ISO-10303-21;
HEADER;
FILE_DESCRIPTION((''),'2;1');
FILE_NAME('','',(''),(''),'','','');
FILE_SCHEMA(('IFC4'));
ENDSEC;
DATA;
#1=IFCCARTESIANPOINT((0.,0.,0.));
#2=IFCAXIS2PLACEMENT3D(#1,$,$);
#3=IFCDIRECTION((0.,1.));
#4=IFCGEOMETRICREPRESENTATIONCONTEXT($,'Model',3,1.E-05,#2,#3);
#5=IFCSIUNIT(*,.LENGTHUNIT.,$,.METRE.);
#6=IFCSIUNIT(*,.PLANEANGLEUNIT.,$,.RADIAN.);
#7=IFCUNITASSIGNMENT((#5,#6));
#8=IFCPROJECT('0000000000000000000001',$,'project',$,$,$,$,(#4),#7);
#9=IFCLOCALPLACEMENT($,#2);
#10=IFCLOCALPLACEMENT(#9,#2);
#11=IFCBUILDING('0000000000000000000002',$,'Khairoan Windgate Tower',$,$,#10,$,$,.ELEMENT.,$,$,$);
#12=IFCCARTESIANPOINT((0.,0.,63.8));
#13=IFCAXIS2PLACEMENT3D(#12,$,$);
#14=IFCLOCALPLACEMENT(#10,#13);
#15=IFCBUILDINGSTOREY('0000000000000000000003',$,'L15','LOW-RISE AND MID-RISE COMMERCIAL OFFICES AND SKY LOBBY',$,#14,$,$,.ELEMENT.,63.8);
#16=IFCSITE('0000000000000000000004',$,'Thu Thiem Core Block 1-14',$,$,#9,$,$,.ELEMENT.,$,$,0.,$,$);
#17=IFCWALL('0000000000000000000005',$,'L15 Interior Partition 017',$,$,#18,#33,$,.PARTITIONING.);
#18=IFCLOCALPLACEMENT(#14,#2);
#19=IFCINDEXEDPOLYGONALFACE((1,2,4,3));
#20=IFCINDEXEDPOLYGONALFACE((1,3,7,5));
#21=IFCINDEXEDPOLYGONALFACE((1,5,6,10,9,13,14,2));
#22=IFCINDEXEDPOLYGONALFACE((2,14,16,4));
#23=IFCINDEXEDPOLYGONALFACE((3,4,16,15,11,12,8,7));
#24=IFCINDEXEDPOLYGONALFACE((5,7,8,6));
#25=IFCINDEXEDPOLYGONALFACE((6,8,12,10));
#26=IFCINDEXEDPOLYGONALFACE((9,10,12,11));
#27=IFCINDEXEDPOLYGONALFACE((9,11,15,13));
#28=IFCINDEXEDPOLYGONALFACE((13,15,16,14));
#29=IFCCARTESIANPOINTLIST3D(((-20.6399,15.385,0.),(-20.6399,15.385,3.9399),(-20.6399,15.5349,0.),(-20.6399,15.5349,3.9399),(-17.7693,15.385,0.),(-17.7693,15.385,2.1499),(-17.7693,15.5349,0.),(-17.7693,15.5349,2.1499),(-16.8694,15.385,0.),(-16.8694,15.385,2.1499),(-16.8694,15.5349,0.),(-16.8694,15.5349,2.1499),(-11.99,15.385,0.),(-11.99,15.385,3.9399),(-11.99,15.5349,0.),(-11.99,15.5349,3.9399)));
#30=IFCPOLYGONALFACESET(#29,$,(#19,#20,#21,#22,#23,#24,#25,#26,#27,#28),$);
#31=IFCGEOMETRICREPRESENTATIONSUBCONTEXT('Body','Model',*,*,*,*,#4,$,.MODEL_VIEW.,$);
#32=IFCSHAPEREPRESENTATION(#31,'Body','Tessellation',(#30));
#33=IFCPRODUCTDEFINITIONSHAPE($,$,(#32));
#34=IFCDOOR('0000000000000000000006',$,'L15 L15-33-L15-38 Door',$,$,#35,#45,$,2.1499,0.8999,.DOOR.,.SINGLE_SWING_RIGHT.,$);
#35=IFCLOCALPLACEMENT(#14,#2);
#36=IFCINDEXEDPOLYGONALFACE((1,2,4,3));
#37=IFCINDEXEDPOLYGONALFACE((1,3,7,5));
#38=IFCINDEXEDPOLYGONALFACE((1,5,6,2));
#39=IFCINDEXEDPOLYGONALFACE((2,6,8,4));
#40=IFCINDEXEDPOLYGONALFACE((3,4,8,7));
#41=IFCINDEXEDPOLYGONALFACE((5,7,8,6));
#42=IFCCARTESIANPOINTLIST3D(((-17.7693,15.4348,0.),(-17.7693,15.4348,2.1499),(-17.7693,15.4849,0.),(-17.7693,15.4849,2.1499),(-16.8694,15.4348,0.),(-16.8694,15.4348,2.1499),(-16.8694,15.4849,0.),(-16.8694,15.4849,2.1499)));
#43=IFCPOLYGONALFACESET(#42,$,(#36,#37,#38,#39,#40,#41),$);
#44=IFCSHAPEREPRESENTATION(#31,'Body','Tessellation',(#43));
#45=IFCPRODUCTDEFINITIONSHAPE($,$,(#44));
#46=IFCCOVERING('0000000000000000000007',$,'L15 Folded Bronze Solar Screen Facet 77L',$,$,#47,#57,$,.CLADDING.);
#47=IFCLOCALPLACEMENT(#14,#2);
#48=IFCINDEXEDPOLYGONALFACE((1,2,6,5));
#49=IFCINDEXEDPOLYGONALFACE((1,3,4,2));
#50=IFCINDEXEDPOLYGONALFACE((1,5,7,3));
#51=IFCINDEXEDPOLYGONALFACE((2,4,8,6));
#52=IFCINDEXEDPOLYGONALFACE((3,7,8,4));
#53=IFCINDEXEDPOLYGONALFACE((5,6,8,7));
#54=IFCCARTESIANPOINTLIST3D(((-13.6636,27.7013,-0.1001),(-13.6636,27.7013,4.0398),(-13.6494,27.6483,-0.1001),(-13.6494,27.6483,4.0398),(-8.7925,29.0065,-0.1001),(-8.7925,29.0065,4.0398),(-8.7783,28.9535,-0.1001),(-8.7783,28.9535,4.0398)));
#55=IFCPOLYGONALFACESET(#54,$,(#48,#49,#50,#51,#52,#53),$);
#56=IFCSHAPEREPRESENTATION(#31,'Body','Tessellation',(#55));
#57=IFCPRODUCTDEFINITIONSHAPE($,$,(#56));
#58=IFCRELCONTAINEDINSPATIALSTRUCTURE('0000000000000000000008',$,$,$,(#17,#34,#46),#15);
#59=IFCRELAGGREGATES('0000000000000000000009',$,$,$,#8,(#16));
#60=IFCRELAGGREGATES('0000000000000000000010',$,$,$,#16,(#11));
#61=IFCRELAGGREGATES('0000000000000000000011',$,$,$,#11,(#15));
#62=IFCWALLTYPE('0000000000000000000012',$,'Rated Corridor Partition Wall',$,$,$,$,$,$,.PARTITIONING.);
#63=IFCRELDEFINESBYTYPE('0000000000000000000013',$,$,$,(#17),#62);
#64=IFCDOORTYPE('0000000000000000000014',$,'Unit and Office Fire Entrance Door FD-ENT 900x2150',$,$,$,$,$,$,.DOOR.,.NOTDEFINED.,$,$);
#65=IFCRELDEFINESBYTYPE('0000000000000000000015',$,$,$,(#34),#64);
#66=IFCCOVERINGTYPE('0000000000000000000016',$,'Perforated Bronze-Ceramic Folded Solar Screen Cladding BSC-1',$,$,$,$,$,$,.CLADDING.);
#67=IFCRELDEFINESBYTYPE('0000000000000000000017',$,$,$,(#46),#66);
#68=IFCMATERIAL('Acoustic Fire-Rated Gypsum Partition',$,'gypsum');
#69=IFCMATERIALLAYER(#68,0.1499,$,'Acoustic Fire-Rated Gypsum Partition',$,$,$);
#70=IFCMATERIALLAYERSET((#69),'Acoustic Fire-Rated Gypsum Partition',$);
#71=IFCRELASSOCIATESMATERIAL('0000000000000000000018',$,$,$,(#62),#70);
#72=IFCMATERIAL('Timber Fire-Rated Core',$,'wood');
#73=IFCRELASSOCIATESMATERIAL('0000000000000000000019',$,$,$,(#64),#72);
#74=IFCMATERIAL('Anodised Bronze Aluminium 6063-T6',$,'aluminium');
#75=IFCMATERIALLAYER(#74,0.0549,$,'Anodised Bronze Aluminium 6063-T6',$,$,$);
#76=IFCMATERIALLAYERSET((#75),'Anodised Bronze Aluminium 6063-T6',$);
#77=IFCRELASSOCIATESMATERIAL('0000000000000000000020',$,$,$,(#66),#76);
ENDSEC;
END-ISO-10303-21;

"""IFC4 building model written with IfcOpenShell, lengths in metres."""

from ifc_helpers import new_model, si_unit, direction, frame, frame_2d, origin, origin_2d, place, context, subcontext, project, spatial, rectangle, extrude, material, layer, layer_set, type_object, element, fill, save


model = new_model("IFC4")

# Units and contexts
model_context = context("Model", 3, precision=1e-05, world=origin(), true_north=direction((0.0, 1.0)))
body_context = subcontext(model_context, "Body", "Model", "MODEL_VIEW")
ifc_project = project(units=[si_unit("LENGTHUNIT", "METRE"), si_unit("PLANEANGLEUNIT", "RADIAN")], contexts=[model_context])

# Site, building, storey
site_placement = place(None, origin())
site = spatial("IfcSite", under=ifc_project, at=site_placement, Name="Thu Thiem Core Block 1-14", CompositionType="ELEMENT", RefElevation=0.0)
building_placement = place(site_placement, origin())
building = spatial("IfcBuilding", under=site, at=building_placement, Name="Khairoan Windgate Tower", CompositionType="ELEMENT")
storey_placement = place(building_placement, frame((0.0, 0.0, 63.8)))
storey = spatial("IfcBuildingStorey", under=building, at=storey_placement, Name="L15", Description="LOW-RISE AND MID-RISE COMMERCIAL OFFICES AND SKY LOBBY", CompositionType="ELEMENT", Elevation=63.8)

# Wall, opening, door
ifc_material_1 = material(Name="Acoustic Fire-Rated Gypsum Partition", Category="gypsum")
ifc_layer_1 = layer(ifc_material_1, 0.1499, Name="Acoustic Fire-Rated Gypsum Partition")
ifc_layer_set_1 = layer_set([ifc_layer_1], Name="Acoustic Fire-Rated Gypsum Partition")
wall_type_1 = type_object("IfcWallType", Name="Rated Corridor Partition Wall", PredefinedType="PARTITIONING", material=ifc_layer_set_1)
ifc_material_2 = material(Name="Timber Fire-Rated Core", Category="wood")
door_type = type_object("IfcDoorType", Name="Unit and Office Fire Entrance Door FD-ENT 900x2150", OperationType="NOTDEFINED", PredefinedType="DOOR", material=ifc_material_2)
wall_1_placement = place(storey_placement, frame((-20.6399, 15.46, 0.0), z_axis=(0.0, 0.0, 1.0), x_axis=(1.0, 0.0, 0.0)))
wall_1 = element("IfcWall", 1, at=wall_1_placement, inside=storey, type_object=wall_type_1, Name="L15 Interior Partition 017", PredefinedType="PARTITIONING", context=body_context, shape_type="SweptSolid", body=[
    extrude(rectangle(XDim=8.6499, YDim=0.1499, at=frame_2d((4.325, 0.0))), origin(), (0.0, 0.0, 1.0), 3.9399),
])
opening_1_placement = place(wall_1_placement, frame((2.8706, 0.0, 0.0)))
opening_1 = element("IfcOpeningElement", 2, at=opening_1_placement, cuts=wall_1, PredefinedType="OPENING", context=body_context, shape_type="SweptSolid", body=[
    extrude(rectangle(XDim=0.8999, YDim=2.1499, at=frame_2d((0.45, 1.075))), frame((0.0, 0.085, 0.0), z_axis=(0.0, -1.0, 0.0), x_axis=(1.0, 0.0, 0.0)), (0.0, 0.0, 1.0), 0.1699),
])
door_1_placement = place(opening_1_placement, origin())
door_1 = element("IfcDoor", 3, at=door_1_placement, inside=storey, type_object=door_type, Name="L15 L15-33-L15-38 Door", OperationType="SINGLE_SWING_RIGHT", OverallHeight=2.1499, OverallWidth=0.8999, PredefinedType="DOOR", context=body_context, shape_type="SweptSolid", body=[
    extrude(rectangle(XDim=0.8999, YDim=2.1499, at=frame_2d((0.45, 1.075))), frame((0.0, 0.0249, 0.0), z_axis=(0.0, -1.0, 0.0), x_axis=(1.0, 0.0, 0.0)), (0.0, 0.0, 1.0), 0.05),
])
fill(opening_1, door_1)

# Covering
ifc_material_3 = material(Name="Anodised Bronze Aluminium 6063-T6", Category="aluminium")
ifc_layer_2 = layer(ifc_material_3, 0.0549, Name="Anodised Bronze Aluminium 6063-T6")
ifc_layer_set_2 = layer_set([ifc_layer_2], Name="Anodised Bronze Aluminium 6063-T6")
covering_type = type_object("IfcCoveringType", Name="Perforated Bronze-Ceramic Folded Solar Screen Cladding BSC-1", PredefinedType="CLADDING", material=ifc_layer_set_2)
covering_placement = place(storey_placement, frame((-11.2209, 28.3274, -0.1001), z_axis=(0.0, 0.0, 1.0), x_axis=(0.965926, 0.258819, 0.0)))
element("IfcCovering", 4, at=covering_placement, inside=storey, type_object=covering_type, Name="L15 Folded Bronze Solar Screen Facet 77L", PredefinedType="CLADDING", context=body_context, shape_type="SweptSolid", body=[
    extrude(rectangle(XDim=5.043, YDim=0.0549, at=origin_2d()), origin(), (0.0, 0.0, 1.0), 4.1399),
])

save(model, "model.ifc")
